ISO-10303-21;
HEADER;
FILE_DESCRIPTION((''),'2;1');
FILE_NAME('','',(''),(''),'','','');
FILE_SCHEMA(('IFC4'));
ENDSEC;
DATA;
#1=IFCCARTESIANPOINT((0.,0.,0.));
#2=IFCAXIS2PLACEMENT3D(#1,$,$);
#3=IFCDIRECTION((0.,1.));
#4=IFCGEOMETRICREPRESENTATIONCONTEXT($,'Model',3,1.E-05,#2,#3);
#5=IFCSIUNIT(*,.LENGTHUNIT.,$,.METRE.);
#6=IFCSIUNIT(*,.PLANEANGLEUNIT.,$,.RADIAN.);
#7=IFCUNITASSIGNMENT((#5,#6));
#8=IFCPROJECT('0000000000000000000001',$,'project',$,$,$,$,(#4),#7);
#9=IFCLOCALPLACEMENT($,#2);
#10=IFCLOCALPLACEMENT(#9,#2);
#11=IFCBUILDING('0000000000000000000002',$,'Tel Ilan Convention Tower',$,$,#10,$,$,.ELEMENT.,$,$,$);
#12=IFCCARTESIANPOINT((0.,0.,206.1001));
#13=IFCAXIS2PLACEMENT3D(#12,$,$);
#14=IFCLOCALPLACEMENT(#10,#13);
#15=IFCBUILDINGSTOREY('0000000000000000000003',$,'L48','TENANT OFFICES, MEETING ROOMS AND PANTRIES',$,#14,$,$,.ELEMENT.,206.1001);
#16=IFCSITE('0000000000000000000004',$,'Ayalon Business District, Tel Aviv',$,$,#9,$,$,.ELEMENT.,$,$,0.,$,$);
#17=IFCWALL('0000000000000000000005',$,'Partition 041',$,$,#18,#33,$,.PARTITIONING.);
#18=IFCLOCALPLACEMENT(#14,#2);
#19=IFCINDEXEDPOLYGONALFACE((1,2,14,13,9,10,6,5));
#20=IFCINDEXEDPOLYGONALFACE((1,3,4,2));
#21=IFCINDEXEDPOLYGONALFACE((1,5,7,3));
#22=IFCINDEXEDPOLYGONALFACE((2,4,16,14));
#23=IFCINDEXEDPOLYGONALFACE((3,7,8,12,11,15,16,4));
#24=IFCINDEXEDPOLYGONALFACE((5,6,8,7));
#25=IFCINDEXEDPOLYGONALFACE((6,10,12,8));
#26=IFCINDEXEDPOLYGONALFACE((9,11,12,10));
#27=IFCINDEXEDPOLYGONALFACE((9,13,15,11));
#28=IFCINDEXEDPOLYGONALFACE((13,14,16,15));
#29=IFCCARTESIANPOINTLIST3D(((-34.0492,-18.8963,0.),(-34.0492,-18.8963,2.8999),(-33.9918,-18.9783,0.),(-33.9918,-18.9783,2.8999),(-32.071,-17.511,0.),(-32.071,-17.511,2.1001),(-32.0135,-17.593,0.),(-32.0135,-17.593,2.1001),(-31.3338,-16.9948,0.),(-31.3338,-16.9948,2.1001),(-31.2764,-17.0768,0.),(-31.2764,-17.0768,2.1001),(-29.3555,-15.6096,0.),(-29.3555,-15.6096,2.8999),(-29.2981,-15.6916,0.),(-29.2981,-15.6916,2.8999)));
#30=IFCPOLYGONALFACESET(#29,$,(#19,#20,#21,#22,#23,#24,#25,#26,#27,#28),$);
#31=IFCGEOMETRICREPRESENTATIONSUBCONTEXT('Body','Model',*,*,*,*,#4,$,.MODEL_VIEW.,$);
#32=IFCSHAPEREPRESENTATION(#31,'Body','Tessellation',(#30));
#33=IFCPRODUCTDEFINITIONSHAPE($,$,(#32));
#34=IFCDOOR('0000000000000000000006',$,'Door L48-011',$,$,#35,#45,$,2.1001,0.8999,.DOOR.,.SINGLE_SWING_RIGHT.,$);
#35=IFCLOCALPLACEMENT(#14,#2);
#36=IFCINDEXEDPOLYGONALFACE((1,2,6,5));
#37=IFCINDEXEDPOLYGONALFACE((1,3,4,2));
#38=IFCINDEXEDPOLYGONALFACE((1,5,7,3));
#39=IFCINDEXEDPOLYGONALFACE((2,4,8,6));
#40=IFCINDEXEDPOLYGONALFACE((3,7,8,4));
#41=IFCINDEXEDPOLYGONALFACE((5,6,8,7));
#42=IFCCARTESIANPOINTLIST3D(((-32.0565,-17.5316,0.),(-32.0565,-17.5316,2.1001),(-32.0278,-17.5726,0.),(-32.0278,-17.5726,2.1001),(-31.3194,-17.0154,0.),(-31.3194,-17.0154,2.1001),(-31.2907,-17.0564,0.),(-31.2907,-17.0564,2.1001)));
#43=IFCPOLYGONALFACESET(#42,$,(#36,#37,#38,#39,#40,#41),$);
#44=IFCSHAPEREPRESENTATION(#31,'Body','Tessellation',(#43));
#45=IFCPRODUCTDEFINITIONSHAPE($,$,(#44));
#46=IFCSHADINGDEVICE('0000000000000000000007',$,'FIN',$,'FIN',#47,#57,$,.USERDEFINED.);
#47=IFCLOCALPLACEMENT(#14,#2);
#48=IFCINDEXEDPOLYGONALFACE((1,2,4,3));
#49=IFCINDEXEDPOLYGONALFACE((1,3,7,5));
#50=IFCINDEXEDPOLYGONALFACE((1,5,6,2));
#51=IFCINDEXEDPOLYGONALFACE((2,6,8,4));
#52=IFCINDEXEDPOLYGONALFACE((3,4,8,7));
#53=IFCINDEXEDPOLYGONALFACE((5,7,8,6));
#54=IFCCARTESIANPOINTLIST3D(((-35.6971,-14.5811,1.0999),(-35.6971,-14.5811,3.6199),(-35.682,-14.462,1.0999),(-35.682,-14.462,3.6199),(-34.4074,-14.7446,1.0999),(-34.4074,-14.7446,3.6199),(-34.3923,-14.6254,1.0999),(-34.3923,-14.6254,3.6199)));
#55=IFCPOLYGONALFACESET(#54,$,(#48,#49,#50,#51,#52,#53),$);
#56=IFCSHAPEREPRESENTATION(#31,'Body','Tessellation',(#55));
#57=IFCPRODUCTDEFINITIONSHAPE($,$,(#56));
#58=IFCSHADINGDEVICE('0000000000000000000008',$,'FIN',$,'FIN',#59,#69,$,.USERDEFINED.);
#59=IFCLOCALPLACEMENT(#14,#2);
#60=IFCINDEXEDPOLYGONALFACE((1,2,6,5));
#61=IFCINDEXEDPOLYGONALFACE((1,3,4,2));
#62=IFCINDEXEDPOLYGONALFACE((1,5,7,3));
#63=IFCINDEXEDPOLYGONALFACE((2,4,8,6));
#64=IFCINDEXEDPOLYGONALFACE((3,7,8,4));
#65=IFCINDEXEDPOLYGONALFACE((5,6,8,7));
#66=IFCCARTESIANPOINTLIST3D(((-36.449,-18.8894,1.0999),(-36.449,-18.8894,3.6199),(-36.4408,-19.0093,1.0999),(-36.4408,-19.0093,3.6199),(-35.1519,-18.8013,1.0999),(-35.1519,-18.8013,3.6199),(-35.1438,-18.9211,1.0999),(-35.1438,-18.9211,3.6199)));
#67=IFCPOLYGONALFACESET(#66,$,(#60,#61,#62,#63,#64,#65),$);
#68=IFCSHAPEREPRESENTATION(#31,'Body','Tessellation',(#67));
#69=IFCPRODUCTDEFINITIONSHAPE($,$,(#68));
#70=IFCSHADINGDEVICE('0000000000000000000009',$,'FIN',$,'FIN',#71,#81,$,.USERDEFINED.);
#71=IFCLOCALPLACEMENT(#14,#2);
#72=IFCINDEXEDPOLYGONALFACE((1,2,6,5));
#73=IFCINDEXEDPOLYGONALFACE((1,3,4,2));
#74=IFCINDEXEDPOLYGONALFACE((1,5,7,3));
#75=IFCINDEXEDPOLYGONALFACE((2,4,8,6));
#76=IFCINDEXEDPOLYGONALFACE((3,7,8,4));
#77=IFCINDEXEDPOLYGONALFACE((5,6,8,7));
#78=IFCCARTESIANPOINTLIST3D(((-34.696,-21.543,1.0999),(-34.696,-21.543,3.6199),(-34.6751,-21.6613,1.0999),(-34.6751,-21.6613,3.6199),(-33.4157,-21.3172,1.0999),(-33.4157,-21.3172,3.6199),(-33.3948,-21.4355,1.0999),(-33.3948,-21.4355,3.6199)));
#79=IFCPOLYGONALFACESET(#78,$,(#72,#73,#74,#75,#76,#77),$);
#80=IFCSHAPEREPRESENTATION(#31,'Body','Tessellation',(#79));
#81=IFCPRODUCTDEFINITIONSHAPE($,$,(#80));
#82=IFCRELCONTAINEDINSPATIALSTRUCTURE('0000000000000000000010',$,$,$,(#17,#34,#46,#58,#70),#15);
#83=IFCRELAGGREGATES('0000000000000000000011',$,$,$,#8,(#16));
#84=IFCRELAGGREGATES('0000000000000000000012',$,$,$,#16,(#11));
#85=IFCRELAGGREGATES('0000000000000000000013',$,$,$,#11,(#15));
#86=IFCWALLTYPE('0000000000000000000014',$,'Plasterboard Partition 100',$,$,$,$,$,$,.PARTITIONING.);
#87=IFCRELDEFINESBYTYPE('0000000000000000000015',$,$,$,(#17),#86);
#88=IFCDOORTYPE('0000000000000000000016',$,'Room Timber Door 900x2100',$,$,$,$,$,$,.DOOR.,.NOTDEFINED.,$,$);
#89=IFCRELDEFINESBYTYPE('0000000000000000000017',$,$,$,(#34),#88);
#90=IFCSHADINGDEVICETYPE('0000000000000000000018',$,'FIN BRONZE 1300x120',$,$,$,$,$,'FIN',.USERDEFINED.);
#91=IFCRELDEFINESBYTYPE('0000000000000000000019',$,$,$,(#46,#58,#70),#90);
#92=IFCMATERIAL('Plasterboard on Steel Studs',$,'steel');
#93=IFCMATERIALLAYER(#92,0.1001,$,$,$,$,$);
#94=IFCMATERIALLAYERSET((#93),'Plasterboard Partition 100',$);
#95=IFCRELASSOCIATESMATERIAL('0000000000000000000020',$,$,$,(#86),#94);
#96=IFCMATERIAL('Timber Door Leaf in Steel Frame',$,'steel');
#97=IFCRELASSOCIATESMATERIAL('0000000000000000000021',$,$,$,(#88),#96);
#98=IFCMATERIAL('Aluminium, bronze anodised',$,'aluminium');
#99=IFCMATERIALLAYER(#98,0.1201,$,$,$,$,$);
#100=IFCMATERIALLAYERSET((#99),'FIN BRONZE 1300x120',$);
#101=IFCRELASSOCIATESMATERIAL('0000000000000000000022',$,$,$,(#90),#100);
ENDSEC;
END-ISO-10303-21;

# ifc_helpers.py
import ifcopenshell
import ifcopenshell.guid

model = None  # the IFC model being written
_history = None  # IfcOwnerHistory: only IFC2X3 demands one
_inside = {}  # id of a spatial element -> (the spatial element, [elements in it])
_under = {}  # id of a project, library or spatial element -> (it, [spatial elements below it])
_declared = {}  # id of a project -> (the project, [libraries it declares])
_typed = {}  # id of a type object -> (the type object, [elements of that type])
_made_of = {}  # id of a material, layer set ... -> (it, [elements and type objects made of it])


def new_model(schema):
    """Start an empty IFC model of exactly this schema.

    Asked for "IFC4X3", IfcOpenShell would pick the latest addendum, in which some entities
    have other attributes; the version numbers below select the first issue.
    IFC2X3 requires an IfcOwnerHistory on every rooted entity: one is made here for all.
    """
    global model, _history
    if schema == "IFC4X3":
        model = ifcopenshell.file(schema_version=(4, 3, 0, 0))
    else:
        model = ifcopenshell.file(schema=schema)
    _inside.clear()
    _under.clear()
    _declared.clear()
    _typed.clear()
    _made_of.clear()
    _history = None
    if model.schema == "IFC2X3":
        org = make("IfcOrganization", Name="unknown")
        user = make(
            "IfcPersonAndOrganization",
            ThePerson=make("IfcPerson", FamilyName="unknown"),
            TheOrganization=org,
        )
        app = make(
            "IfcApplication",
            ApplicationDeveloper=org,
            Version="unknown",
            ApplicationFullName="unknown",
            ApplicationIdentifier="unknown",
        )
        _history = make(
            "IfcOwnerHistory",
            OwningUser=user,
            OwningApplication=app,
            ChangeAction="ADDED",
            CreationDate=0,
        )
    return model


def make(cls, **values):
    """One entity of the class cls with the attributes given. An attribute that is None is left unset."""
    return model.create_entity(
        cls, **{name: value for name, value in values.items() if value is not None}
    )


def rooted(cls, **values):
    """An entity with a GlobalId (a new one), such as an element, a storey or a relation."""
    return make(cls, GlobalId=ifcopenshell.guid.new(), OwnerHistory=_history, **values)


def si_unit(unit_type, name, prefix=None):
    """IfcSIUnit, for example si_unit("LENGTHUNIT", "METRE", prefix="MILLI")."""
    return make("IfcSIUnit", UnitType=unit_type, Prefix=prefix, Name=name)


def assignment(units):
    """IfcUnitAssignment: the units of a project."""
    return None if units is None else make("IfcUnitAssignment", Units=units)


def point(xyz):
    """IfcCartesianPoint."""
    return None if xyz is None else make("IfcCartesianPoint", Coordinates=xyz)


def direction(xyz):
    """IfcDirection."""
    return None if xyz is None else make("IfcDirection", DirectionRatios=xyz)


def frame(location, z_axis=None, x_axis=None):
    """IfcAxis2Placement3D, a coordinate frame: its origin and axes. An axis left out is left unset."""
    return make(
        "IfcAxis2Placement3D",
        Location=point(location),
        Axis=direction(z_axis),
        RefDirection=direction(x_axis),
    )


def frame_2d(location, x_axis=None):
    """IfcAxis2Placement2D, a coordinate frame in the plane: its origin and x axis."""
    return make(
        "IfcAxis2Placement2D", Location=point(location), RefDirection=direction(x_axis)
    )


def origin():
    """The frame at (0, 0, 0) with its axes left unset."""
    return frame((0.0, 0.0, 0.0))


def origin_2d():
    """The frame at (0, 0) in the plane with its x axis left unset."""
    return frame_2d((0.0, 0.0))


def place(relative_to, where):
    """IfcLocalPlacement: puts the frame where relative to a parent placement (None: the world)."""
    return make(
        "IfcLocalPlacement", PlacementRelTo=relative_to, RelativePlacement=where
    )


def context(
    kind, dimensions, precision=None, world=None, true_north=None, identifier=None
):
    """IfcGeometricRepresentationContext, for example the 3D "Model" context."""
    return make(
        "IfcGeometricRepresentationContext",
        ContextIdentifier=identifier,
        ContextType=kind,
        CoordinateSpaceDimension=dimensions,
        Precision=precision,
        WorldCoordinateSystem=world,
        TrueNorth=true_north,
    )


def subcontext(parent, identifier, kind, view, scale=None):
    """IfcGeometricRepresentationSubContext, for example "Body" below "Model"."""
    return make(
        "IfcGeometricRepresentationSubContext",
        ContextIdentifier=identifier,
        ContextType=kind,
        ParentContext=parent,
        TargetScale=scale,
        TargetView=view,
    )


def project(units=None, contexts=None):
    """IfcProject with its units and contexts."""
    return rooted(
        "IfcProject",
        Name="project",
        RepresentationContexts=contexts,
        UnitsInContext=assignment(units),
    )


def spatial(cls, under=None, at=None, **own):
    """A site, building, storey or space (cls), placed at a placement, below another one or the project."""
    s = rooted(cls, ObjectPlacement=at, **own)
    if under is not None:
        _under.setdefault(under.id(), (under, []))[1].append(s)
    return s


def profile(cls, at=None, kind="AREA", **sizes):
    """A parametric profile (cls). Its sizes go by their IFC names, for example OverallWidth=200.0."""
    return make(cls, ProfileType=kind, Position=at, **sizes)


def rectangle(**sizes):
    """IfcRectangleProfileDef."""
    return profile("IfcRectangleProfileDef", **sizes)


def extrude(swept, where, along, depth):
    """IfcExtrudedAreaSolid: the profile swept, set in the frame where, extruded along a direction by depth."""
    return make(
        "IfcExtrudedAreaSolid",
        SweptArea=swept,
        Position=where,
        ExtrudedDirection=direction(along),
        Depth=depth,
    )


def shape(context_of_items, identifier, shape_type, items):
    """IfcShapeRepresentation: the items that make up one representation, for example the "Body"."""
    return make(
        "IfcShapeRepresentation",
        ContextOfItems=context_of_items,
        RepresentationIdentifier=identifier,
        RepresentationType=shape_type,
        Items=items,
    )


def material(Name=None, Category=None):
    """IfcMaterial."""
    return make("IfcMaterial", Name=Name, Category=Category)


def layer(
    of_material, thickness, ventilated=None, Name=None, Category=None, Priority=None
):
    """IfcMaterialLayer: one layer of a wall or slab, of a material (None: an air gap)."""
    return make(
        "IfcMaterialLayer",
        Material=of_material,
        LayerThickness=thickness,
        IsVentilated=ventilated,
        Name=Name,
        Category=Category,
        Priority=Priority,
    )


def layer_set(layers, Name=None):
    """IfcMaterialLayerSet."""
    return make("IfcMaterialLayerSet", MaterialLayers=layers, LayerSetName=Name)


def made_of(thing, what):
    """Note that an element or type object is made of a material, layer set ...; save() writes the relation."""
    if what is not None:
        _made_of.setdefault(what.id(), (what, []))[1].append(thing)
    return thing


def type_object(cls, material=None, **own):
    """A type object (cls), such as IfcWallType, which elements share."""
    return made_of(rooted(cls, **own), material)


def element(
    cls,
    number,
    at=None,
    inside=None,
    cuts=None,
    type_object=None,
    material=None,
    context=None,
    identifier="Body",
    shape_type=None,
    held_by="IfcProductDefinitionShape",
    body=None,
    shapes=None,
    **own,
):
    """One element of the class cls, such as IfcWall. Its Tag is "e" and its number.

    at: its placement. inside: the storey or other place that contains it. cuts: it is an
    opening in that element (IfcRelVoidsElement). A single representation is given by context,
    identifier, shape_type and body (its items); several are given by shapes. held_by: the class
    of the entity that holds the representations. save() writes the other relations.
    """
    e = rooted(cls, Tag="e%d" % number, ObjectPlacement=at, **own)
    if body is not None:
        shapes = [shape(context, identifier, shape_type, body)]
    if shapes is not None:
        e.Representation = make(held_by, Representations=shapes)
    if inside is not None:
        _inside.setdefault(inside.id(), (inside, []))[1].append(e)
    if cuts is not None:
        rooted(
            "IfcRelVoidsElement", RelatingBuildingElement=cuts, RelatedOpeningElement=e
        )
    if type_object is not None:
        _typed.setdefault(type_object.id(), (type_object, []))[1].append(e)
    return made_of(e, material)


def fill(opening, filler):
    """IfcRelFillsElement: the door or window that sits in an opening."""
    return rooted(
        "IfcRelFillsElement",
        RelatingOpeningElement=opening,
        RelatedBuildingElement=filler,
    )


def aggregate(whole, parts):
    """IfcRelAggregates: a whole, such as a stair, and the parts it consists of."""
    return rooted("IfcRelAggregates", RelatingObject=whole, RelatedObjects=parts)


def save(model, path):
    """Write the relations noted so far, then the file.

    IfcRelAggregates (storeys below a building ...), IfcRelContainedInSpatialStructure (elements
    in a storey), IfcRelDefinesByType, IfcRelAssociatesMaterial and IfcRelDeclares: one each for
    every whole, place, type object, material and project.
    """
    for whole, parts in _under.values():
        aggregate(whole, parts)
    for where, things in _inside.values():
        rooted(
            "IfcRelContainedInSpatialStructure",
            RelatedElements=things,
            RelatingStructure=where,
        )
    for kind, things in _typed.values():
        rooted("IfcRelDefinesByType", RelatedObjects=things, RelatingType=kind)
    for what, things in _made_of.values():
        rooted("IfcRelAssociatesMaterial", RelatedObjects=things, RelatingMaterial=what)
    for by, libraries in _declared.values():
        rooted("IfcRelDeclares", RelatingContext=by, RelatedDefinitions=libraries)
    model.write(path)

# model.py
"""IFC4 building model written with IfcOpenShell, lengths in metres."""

from ifc_helpers import new_model, si_unit, direction, frame, frame_2d, origin, origin_2d, place, context, subcontext, project, spatial, rectangle, extrude, material, layer, layer_set, type_object, element, fill, save


model = new_model("IFC4")

# Units and contexts
model_context = context("Model", 3, precision=1e-05, world=origin(), true_north=direction((0.0, 1.0)))
body_context = subcontext(model_context, "Body", "Model", "MODEL_VIEW")
ifc_project = project(units=[si_unit("LENGTHUNIT", "METRE"), si_unit("PLANEANGLEUNIT", "RADIAN")], contexts=[model_context])

# Site, building, storey
site_placement = place(None, origin())
site = spatial("IfcSite", under=ifc_project, at=site_placement, Name="Ayalon Business District, Tel Aviv", CompositionType="ELEMENT", RefElevation=0.0)
building_placement = place(site_placement, origin())
building = spatial("IfcBuilding", under=site, at=building_placement, Name="Tel Ilan Convention Tower", CompositionType="ELEMENT")
storey_placement = place(building_placement, frame((0.0, 0.0, 206.1001)))
storey = spatial("IfcBuildingStorey", under=building, at=storey_placement, Name="L48", Description="TENANT OFFICES, MEETING ROOMS AND PANTRIES", CompositionType="ELEMENT", Elevation=206.1001)

# Wall, opening, door
ifc_material_1 = material(Name="Plasterboard on Steel Studs", Category="steel")
ifc_layer_1 = layer(ifc_material_1, 0.1001)
ifc_layer_set_1 = layer_set([ifc_layer_1], Name="Plasterboard Partition 100")
wall_type_1 = type_object("IfcWallType", Name="Plasterboard Partition 100", PredefinedType="PARTITIONING", material=ifc_layer_set_1)
ifc_material_2 = material(Name="Timber Door Leaf in Steel Frame", Category="steel")
door_type_1 = type_object("IfcDoorType", Name="Room Timber Door 900x2100", OperationType="NOTDEFINED", PredefinedType="DOOR", material=ifc_material_2)
wall_1_placement = place(storey_placement, frame((-34.0205, -18.9373, 0.0), z_axis=(0.0, 0.0, 1.0), x_axis=(0.819142, 0.573591, 0.0)))
wall_1 = element("IfcWall", 1, at=wall_1_placement, inside=storey, type_object=wall_type_1, Name="Partition 041", PredefinedType="PARTITIONING", context=body_context, shape_type="SweptSolid", body=[
    extrude(rectangle(XDim=5.73, YDim=0.1001, at=frame_2d((2.865, 0.0))), origin(), (0.0, 0.0, 1.0), 2.8999),
])
opening_1_placement = place(wall_1_placement, frame((2.415, 0.0, 0.0)))
opening_1 = element("IfcOpeningElement", 2, at=opening_1_placement, cuts=wall_1, PredefinedType="OPENING", context=body_context, shape_type="SweptSolid", body=[
    extrude(rectangle(XDim=0.8999, YDim=2.1001, at=frame_2d((0.45, 1.05))), frame((0.0, 0.0601, 0.0), z_axis=(0.0, -1.0, 0.0), x_axis=(1.0, 0.0, 0.0)), (0.0, 0.0, 1.0), 0.1201),
])
door_1_placement = place(opening_1_placement, origin())
door_1 = element("IfcDoor", 3, at=door_1_placement, inside=storey, type_object=door_type_1, Name="Door L48-011", OperationType="SINGLE_SWING_RIGHT", OverallHeight=2.1001, OverallWidth=0.8999, PredefinedType="DOOR", context=body_context, shape_type="SweptSolid", body=[
    extrude(rectangle(XDim=0.8999, YDim=2.1001, at=frame_2d((0.45, 1.05))), frame((0.0, 0.0249, 0.0), z_axis=(0.0, -1.0, 0.0), x_axis=(1.0, 0.0, 0.0)), (0.0, 0.0, 1.0), 0.05),
])
fill(opening_1, door_1)

# Shading devices
ifc_material_3 = material(Name="Aluminium, bronze anodised", Category="aluminium")
ifc_layer_2 = layer(ifc_material_3, 0.1201)
ifc_layer_set_2 = layer_set([ifc_layer_2], Name="FIN BRONZE 1300x120")
shading_device_type = type_object("IfcShadingDeviceType", Name="FIN BRONZE 1300x120", ElementType="FIN", PredefinedType="USERDEFINED", material=ifc_layer_set_2)
for number, where, z_axis, x_axis, name in (
    (4, (-35.0447, -14.6033, 1.0999), (0.0, 0.0, 1.0), (-0.992066, 0.125718, 0.0), "FIN"),
    (5, (-35.7964, -18.9053, 1.0999), (0.0, 0.0, 1.0), (-0.997697, -0.067822, 0.0), "FIN"),
    (6, (-34.0454, -21.4893, 1.0999), (0.0, 0.0, 1.0), (-0.984808, -0.173648, 0.0), "FIN"),
):
    element("IfcShadingDevice", number, at=place(storey_placement, frame(where, z_axis=z_axis, x_axis=x_axis)), inside=storey, type_object=shading_device_type, Name=name, ObjectType="FIN", PredefinedType="USERDEFINED", context=body_context, shape_type="SweptSolid", body=[
        extrude(rectangle(XDim=1.3, YDim=0.1201, at=origin_2d()), origin(), (0.0, 0.0, 1.0), 2.52),
    ])

save(model, "model.ifc")
